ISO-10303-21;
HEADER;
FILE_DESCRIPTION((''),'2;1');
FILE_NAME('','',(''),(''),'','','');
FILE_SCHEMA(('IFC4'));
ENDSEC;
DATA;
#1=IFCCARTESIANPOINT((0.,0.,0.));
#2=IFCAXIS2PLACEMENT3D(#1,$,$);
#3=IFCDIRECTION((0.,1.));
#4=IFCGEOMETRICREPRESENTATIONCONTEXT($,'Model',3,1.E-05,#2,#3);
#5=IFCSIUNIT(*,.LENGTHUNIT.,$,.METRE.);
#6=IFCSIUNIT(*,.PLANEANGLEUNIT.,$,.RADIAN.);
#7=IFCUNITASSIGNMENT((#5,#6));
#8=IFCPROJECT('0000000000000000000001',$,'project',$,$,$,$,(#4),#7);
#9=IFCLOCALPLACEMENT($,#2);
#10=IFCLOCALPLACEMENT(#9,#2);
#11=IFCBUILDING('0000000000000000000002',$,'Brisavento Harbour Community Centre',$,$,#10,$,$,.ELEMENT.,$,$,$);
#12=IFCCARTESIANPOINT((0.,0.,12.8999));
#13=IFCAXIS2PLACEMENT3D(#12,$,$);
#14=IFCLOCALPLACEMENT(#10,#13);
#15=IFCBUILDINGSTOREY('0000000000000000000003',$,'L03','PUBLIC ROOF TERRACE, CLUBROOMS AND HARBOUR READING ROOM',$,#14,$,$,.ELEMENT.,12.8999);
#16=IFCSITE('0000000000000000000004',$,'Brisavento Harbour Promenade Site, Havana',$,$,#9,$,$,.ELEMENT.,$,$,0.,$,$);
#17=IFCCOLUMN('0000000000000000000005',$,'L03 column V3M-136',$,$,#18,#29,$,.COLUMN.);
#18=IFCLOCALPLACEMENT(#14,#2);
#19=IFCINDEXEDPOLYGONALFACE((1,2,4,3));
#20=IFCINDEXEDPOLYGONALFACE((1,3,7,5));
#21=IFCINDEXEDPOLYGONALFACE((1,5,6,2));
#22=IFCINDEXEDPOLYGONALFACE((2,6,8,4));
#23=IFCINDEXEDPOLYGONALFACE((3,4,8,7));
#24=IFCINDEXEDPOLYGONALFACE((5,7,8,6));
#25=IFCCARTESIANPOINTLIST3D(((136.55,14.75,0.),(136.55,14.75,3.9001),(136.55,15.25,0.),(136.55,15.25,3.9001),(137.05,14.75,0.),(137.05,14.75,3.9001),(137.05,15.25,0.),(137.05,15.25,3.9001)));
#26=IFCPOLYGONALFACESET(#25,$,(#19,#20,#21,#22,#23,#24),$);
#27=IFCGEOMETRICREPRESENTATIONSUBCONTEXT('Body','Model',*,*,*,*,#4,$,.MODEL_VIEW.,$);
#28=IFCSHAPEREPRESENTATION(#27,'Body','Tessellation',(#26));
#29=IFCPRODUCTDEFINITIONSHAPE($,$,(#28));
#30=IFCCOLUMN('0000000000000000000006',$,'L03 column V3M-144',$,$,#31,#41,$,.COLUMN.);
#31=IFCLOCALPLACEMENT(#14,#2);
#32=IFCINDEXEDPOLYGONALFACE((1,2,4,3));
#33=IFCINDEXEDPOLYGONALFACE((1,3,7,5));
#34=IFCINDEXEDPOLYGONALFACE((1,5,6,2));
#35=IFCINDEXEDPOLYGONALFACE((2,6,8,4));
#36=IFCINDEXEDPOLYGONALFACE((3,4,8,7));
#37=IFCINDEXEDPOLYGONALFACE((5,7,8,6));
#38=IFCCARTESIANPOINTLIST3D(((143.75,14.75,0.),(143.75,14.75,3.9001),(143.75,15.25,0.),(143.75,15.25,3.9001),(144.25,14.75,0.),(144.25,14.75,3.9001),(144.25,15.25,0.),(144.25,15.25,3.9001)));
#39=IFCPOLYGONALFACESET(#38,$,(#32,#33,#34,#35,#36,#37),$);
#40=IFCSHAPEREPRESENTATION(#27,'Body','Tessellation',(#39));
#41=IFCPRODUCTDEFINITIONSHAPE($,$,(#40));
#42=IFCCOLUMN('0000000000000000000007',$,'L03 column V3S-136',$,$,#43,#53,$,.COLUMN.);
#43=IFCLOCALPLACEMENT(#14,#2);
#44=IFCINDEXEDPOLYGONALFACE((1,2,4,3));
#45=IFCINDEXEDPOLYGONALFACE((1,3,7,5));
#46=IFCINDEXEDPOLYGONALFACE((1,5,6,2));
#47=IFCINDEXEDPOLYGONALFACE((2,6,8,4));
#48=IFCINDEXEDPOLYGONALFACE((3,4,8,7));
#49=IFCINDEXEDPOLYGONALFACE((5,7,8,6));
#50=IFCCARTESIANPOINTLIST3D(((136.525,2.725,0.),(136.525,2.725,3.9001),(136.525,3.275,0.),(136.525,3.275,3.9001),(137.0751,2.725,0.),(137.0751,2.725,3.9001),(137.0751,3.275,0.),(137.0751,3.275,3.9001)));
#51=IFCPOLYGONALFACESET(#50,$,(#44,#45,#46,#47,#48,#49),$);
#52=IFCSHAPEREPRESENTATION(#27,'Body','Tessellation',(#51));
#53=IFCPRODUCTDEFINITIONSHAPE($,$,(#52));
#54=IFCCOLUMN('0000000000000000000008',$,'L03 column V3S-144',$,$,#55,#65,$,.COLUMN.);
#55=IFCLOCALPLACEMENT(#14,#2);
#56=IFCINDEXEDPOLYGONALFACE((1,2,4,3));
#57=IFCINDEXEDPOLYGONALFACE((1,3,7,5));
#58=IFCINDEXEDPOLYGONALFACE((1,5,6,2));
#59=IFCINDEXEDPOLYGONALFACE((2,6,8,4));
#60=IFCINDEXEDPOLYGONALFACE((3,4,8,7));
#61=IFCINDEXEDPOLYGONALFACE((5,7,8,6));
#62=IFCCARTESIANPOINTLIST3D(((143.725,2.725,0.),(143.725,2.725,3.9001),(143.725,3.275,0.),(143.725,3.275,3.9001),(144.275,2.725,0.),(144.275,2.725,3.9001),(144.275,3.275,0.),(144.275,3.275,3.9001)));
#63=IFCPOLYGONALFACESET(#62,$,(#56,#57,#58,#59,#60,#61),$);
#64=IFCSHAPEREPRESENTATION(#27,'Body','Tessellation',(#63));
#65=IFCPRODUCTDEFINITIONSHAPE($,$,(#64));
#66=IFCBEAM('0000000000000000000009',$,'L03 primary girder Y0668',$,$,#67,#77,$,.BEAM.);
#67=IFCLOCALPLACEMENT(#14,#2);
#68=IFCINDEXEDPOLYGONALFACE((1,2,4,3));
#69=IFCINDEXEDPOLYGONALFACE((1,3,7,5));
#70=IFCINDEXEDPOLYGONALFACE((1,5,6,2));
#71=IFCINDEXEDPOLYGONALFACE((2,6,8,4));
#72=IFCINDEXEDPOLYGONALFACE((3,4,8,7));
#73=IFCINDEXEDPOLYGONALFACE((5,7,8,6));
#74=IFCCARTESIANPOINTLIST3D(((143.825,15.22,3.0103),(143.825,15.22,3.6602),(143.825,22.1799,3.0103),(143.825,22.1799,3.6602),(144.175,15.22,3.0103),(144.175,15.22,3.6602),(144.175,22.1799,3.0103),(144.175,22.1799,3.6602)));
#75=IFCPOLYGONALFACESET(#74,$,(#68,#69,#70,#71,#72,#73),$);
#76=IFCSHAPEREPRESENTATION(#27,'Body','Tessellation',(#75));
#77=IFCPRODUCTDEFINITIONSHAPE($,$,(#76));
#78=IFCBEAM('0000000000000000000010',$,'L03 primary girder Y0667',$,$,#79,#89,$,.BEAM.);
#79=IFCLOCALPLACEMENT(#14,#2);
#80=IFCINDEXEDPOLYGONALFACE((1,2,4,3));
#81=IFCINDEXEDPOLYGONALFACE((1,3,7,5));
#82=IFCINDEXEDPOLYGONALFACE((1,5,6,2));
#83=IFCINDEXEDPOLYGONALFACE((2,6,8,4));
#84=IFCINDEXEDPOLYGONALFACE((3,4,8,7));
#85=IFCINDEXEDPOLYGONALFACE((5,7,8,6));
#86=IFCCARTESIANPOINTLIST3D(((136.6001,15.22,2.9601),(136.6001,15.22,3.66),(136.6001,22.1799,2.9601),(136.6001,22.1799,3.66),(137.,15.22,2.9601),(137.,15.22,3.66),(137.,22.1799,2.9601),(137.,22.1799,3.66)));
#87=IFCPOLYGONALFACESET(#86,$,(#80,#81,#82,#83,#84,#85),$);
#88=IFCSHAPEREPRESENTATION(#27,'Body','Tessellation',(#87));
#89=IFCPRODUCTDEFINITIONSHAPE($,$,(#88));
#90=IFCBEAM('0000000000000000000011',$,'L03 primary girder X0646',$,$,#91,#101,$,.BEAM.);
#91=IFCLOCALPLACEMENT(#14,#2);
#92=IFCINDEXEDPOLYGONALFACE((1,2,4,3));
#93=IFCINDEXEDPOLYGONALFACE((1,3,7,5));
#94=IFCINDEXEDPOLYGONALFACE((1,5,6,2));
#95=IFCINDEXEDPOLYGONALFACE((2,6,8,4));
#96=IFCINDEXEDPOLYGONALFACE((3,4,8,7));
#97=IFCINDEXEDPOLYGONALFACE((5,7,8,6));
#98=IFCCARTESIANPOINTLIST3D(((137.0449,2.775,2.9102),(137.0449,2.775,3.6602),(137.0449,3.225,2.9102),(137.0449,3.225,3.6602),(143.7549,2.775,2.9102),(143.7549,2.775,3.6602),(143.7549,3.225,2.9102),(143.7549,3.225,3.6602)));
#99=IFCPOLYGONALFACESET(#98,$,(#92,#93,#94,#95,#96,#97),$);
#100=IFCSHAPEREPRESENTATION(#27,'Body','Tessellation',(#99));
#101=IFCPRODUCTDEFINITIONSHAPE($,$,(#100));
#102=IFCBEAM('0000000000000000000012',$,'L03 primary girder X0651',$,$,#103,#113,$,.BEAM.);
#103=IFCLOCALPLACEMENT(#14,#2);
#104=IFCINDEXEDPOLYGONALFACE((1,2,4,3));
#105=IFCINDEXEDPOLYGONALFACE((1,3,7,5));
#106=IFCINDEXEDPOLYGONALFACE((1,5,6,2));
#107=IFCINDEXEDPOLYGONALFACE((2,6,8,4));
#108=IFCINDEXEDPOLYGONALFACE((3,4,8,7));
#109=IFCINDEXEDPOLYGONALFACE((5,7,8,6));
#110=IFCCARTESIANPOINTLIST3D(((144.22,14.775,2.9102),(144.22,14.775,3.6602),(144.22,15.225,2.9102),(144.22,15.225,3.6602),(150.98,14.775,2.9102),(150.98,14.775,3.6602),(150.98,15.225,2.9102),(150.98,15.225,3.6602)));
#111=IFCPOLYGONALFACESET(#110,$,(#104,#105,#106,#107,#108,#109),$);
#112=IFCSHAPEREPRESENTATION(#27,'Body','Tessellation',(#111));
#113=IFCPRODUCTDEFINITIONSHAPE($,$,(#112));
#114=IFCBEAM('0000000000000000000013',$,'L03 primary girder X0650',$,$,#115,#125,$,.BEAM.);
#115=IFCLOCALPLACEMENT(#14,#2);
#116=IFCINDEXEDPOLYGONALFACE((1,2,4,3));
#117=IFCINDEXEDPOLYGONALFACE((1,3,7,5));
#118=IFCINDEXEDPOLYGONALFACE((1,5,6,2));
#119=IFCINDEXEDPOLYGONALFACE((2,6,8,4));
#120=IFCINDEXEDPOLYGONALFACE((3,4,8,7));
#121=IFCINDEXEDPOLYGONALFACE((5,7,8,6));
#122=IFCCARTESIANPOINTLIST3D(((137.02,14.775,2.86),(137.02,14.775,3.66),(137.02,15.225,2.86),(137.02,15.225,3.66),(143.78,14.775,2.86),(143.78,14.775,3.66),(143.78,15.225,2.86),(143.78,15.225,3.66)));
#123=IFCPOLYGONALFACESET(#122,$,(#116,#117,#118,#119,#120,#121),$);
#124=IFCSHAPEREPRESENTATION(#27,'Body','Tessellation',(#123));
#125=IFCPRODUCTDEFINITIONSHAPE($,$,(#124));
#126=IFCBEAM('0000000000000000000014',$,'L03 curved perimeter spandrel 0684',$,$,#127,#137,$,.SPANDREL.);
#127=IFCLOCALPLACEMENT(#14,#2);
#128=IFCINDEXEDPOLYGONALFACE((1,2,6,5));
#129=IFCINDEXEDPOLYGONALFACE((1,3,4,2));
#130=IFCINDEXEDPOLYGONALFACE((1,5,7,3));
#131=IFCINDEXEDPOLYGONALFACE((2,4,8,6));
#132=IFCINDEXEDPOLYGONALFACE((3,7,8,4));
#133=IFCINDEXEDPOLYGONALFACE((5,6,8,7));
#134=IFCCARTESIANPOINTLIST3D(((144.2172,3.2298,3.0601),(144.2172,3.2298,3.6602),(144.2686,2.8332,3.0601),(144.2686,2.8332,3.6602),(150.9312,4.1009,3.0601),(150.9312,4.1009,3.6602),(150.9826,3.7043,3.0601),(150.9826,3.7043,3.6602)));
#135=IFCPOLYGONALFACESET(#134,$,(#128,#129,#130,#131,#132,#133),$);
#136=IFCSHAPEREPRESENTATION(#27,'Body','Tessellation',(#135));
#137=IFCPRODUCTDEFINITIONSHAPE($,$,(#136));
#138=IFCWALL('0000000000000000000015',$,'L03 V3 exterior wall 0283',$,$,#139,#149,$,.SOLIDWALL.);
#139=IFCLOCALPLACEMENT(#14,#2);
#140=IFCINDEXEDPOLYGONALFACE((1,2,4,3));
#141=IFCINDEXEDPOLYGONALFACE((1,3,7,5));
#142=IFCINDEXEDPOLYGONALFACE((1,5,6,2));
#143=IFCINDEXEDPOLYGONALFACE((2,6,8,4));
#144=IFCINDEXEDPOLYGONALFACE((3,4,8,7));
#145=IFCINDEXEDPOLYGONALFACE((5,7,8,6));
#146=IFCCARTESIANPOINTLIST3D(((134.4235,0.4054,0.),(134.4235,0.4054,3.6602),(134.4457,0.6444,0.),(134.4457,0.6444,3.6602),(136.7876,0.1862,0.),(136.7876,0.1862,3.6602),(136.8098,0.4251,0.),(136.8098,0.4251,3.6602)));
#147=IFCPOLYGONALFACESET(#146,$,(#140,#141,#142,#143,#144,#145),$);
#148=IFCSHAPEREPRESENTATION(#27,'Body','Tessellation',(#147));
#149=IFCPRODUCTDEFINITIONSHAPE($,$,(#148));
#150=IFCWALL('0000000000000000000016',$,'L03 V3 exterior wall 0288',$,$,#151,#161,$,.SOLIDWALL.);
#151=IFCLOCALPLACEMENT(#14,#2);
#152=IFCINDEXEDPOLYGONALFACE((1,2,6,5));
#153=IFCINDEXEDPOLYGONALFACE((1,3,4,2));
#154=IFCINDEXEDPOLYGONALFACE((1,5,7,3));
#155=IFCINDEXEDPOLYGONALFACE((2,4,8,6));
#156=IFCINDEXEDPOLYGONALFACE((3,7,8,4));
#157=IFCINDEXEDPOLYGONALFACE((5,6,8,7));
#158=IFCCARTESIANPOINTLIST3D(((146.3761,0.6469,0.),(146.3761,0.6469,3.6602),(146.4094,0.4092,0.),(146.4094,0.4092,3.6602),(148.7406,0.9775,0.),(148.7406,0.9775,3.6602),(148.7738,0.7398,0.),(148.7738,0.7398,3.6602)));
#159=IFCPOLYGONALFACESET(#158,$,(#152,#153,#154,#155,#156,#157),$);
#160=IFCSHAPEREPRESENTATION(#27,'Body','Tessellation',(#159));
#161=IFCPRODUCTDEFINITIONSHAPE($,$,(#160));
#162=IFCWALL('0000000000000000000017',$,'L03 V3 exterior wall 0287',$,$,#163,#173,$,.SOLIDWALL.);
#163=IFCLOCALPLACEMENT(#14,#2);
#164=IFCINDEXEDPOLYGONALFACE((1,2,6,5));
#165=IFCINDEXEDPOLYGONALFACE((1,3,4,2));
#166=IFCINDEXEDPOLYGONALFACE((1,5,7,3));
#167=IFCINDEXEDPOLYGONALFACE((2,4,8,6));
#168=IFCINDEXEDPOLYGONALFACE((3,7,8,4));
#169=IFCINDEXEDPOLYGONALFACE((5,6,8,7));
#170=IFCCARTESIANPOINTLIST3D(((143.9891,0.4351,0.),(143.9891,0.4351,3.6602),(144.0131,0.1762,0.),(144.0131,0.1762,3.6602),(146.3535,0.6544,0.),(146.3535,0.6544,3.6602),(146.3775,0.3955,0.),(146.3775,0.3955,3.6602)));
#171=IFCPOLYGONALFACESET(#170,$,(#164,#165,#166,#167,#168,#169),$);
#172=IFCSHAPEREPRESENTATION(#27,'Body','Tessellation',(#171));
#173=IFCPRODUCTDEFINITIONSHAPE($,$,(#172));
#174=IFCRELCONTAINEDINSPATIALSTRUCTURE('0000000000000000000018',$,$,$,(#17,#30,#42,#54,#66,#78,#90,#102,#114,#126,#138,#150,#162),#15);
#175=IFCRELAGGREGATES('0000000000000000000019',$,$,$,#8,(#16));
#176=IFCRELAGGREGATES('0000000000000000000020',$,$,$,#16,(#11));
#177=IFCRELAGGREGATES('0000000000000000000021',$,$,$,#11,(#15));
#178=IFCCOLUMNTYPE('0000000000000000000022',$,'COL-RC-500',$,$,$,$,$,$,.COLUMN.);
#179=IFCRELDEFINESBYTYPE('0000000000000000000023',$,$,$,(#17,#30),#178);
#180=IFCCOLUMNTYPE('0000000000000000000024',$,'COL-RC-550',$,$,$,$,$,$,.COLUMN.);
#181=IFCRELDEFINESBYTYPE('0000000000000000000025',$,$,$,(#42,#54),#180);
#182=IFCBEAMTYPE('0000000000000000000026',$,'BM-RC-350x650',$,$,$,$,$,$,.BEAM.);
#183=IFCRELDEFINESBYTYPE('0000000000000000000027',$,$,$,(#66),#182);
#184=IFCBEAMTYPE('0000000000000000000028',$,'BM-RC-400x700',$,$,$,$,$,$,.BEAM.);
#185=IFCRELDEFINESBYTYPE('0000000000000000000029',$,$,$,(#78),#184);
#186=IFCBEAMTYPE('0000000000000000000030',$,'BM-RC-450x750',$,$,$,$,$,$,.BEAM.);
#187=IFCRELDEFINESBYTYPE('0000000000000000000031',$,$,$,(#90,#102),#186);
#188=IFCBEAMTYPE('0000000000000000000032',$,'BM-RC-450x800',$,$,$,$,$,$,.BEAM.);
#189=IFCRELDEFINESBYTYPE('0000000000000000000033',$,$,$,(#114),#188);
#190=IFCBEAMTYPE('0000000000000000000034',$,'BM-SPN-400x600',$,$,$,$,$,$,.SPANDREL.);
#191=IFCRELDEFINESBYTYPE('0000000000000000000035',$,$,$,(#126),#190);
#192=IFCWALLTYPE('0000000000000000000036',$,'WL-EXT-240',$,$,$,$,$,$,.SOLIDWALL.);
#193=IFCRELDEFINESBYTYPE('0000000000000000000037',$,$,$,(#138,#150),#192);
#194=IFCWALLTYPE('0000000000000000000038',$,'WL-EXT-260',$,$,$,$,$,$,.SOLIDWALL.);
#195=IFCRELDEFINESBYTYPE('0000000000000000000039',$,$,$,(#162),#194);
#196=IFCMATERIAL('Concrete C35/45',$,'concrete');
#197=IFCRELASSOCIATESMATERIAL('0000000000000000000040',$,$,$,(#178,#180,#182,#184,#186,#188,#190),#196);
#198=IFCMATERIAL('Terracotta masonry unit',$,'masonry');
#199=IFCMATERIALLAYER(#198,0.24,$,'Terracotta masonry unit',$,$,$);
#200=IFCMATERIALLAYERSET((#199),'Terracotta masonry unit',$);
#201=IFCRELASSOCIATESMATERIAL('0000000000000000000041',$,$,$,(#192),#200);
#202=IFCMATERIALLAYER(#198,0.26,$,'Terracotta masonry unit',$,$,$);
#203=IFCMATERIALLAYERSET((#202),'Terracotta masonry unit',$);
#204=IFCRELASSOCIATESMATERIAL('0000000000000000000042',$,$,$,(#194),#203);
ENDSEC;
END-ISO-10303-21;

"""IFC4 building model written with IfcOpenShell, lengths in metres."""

from ifc_helpers import new_model, si_unit, direction, frame, frame_2d, origin, origin_2d, place, context, subcontext, project, spatial, rectangle, extrude, material, layer, layer_set, material_profile, profile_set, type_object, element, save


model = new_model("IFC4")

# Units and contexts
model_context = context("Model", 3, precision=1e-05, world=origin(), true_north=direction((0.0, 1.0)))
body_context = subcontext(model_context, "Body", "Model", "MODEL_VIEW")
ifc_project = project(units=[si_unit("LENGTHUNIT", "METRE"), si_unit("PLANEANGLEUNIT", "RADIAN")], contexts=[model_context])

# Site, building, storey
site_placement = place(None, origin())
site = spatial("IfcSite", under=ifc_project, at=site_placement, Name="Brisavento Harbour Promenade Site, Havana", CompositionType="ELEMENT", RefElevation=0.0)
building_placement = place(site_placement, origin())
building = spatial("IfcBuilding", under=site, at=building_placement, Name="Brisavento Harbour Community Centre", CompositionType="ELEMENT")
storey_placement = place(building_placement, frame((0.0, 0.0, 12.8999)))
storey = spatial("IfcBuildingStorey", under=building, at=storey_placement, Name="L03", Description="PUBLIC ROOF TERRACE, CLUBROOMS AND HARBOUR READING ROOM", CompositionType="ELEMENT", Elevation=12.8999)

# Columns
ifc_material_1 = material(Name="Concrete C35/45", Category="concrete")
ifc_material_profile_1 = material_profile(ifc_material_1, rectangle(XDim=0.5, YDim=0.5, at=origin_2d()), Name="Concrete C35/45")
ifc_profile_set_1 = profile_set([ifc_material_profile_1], Name="Concrete C35/45")
column_type_1 = type_object("IfcColumnType", Name="COL-RC-500", PredefinedType="COLUMN", material=ifc_profile_set_1)
for number, where, z_axis, x_axis, name in (
    (1, (136.8, 15.0, 0.0), (0.0, 0.0, 1.0), (1.0, 0.0, 0.0), "L03 column V3M-136"),
    (2, (144.0, 15.0, 0.0), (0.0, 0.0, 1.0), (1.0, 0.0, 0.0), "L03 column V3M-144"),
):
    element("IfcColumn", number, at=place(storey_placement, frame(where, z_axis=z_axis, x_axis=x_axis)), inside=storey, type_object=column_type_1, Name=name, PredefinedType="COLUMN", context=body_context, shape_type="SweptSolid", body=[
        extrude(rectangle(XDim=0.5, YDim=0.5, at=origin_2d()), origin(), (0.0, 0.0, 1.0), 3.9001),
    ])
ifc_material_profile_2 = material_profile(ifc_material_1, rectangle(XDim=0.55, YDim=0.55, at=origin_2d()), Name="Concrete C35/45")
ifc_profile_set_2 = profile_set([ifc_material_profile_2], Name="Concrete C35/45")
column_type_2 = type_object("IfcColumnType", Name="COL-RC-550", PredefinedType="COLUMN", material=ifc_profile_set_2)
for number, where, z_axis, x_axis, name in (
    (3, (136.8, 3.0, 0.0), (0.0, 0.0, 1.0), (1.0, 0.0, 0.0), "L03 column V3S-136"),
    (4, (144.0, 3.0, 0.0), (0.0, 0.0, 1.0), (1.0, 0.0, 0.0), "L03 column V3S-144"),
):
    element("IfcColumn", number, at=place(storey_placement, frame(where, z_axis=z_axis, x_axis=x_axis)), inside=storey, type_object=column_type_2, Name=name, PredefinedType="COLUMN", context=body_context, shape_type="SweptSolid", body=[
        extrude(rectangle(XDim=0.55, YDim=0.55, at=origin_2d()), origin(), (0.0, 0.0, 1.0), 3.9001),
    ])

# Beams
ifc_material_profile_3 = material_profile(ifc_material_1, rectangle(XDim=0.3501, YDim=0.6499, at=origin_2d()), Name="Concrete C35/45")
ifc_profile_set_3 = profile_set([ifc_material_profile_3], Name="Concrete C35/45")
beam_type_1 = type_object("IfcBeamType", Name="BM-RC-350x650", PredefinedType="BEAM", material=ifc_profile_set_3)
beam_1_placement = place(storey_placement, frame((144.0, 15.22, 3.3352), z_axis=(0.0, 1.0, 0.0), x_axis=(-1.0, 0.0, 0.0)))
element("IfcBeam", 5, at=beam_1_placement, inside=storey, type_object=beam_type_1, Name="L03 primary girder Y0668", PredefinedType="BEAM", context=body_context, shape_type="SweptSolid", body=[
    extrude(rectangle(XDim=0.3501, YDim=0.6499, at=origin_2d()), origin(), (0.0, 0.0, 1.0), 6.96),
])
ifc_material_profile_4 = material_profile(ifc_material_1, rectangle(XDim=0.3999, YDim=0.7, at=origin_2d()), Name="Concrete C35/45")
ifc_profile_set_4 = profile_set([ifc_material_profile_4], Name="Concrete C35/45")
beam_type_2 = type_object("IfcBeamType", Name="BM-RC-400x700", PredefinedType="BEAM", material=ifc_profile_set_4)
beam_2_placement = place(storey_placement, frame((136.8, 15.22, 3.3101), z_axis=(0.0, 1.0, 0.0), x_axis=(-1.0, 0.0, 0.0)))
element("IfcBeam", 6, at=beam_2_placement, inside=storey, type_object=beam_type_2, Name="L03 primary girder Y0667", PredefinedType="BEAM", context=body_context, shape_type="SweptSolid", body=[
    extrude(rectangle(XDim=0.3999, YDim=0.7, at=origin_2d()), origin(), (0.0, 0.0, 1.0), 6.96),
])
ifc_material_profile_5 = material_profile(ifc_material_1, rectangle(XDim=0.45, YDim=0.75, at=origin_2d()), Name="Concrete C35/45")
ifc_profile_set_5 = profile_set([ifc_material_profile_5], Name="Concrete C35/45")
beam_type_3 = type_object("IfcBeamType", Name="BM-RC-450x750", PredefinedType="BEAM", material=ifc_profile_set_5)
beam_3_placement = place(storey_placement, frame((137.0449, 3.0, 3.2852), z_axis=(1.0, 0.0, 0.0), x_axis=(0.0, 1.0, 0.0)))
element("IfcBeam", 7, at=beam_3_placement, inside=storey, type_object=beam_type_3, Name="L03 primary girder X0646", PredefinedType="BEAM", context=body_context, shape_type="SweptSolid", body=[
    extrude(rectangle(XDim=0.45, YDim=0.75, at=origin_2d()), origin(), (0.0, 0.0, 1.0), 6.71),
])
beam_4_placement = place(storey_placement, frame((144.22, 15.0, 3.2852), z_axis=(1.0, 0.0, 0.0), x_axis=(0.0, 1.0, 0.0)))
element("IfcBeam", 8, at=beam_4_placement, inside=storey, type_object=beam_type_3, Name="L03 primary girder X0651", PredefinedType="BEAM", context=body_context, shape_type="SweptSolid", body=[
    extrude(rectangle(XDim=0.45, YDim=0.75, at=origin_2d()), origin(), (0.0, 0.0, 1.0), 6.76),
])
ifc_material_profile_6 = material_profile(ifc_material_1, rectangle(XDim=0.45, YDim=0.8, at=origin_2d()), Name="Concrete C35/45")
ifc_profile_set_6 = profile_set([ifc_material_profile_6], Name="Concrete C35/45")
beam_type_4 = type_object("IfcBeamType", Name="BM-RC-450x800", PredefinedType="BEAM", material=ifc_profile_set_6)
beam_5_placement = place(storey_placement, frame((137.02, 15.0, 3.26), z_axis=(1.0, 0.0, 0.0), x_axis=(0.0, 1.0, 0.0)))
element("IfcBeam", 9, at=beam_5_placement, inside=storey, type_object=beam_type_4, Name="L03 primary girder X0650", PredefinedType="BEAM", context=body_context, shape_type="SweptSolid", body=[
    extrude(rectangle(XDim=0.45, YDim=0.8, at=origin_2d()), origin(), (0.0, 0.0, 1.0), 6.76),
])
ifc_material_profile_7 = material_profile(ifc_material_1, rectangle(XDim=0.3999, YDim=0.6001, at=origin_2d()), Name="Concrete C35/45")
ifc_profile_set_7 = profile_set([ifc_material_profile_7], Name="Concrete C35/45")
beam_type_5 = type_object("IfcBeamType", Name="BM-SPN-400x600", PredefinedType="SPANDREL", material=ifc_profile_set_7)
beam_6_placement = place(storey_placement, frame((144.2429, 3.0315, 3.3601), z_axis=(0.991688, 0.128662, 0.0), x_axis=(-0.128662, 0.991688, 0.0)))
element("IfcBeam", 10, at=beam_6_placement, inside=storey, type_object=beam_type_5, Name="L03 curved perimeter spandrel 0684", PredefinedType="SPANDREL", context=body_context, shape_type="SweptSolid", body=[
    extrude(rectangle(XDim=0.3999, YDim=0.6001, at=origin_2d()), origin(), (0.0, 0.0, 1.0), 6.7703),
])

# Walls
ifc_material_2 = material(Name="Terracotta masonry unit", Category="masonry")
ifc_layer_1 = layer(ifc_material_2, 0.24, Name="Terracotta masonry unit")
ifc_layer_set_1 = layer_set([ifc_layer_1], Name="Terracotta masonry unit")
wall_type_1 = type_object("IfcWallType", Name="WL-EXT-240", PredefinedType="SOLIDWALL", material=ifc_layer_set_1)
wall_1_placement = place(storey_placement, frame((136.7986, 0.3057, 0.0), z_axis=(0.0, 0.0, 1.0), x_axis=(-0.995727, 0.092344, 0.0)))
element("IfcWall", 11, at=wall_1_placement, inside=storey, type_object=wall_type_1, Name="L03 V3 exterior wall 0283", PredefinedType="SOLIDWALL", context=body_context, shape_type="SweptSolid", body=[
    extrude(rectangle(XDim=2.3743, YDim=0.24, at=frame_2d((1.187, 0.0))), origin(), (0.0, 0.0, 1.0), 3.6602),
])
wall_2_placement = place(storey_placement, frame((148.7573, 0.8586, 0.0), z_axis=(0.0, 0.0, 1.0), x_axis=(-0.990368, -0.138457, 0.0)))
element("IfcWall", 12, at=wall_2_placement, inside=storey, type_object=wall_type_1, Name="L03 V3 exterior wall 0288", PredefinedType="SOLIDWALL", context=body_context, shape_type="SweptSolid", body=[
    extrude(rectangle(XDim=2.3875, YDim=0.24, at=frame_2d((1.1938, 0.0))), origin(), (0.0, 0.0, 1.0), 3.6602),
])
ifc_layer_2 = layer(ifc_material_2, 0.26, Name="Terracotta masonry unit")
ifc_layer_set_2 = layer_set([ifc_layer_2], Name="Terracotta masonry unit")
wall_type_2 = type_object("IfcWallType", Name="WL-EXT-260", PredefinedType="SOLIDWALL", material=ifc_layer_set_2)
wall_3_placement = place(storey_placement, frame((146.3655, 0.5249, 0.0), z_axis=(0.0, 0.0, 1.0), x_axis=(-0.995728, -0.092334, 0.0)))
element("IfcWall", 13, at=wall_3_placement, inside=storey, type_object=wall_type_2, Name="L03 V3 exterior wall 0287", PredefinedType="SOLIDWALL", context=body_context, shape_type="SweptSolid", body=[
    extrude(rectangle(XDim=2.3745, YDim=0.26, at=frame_2d((1.1873, 0.0))), origin(), (0.0, 0.0, 1.0), 3.6602),
])

save(model, "model.ifc")
